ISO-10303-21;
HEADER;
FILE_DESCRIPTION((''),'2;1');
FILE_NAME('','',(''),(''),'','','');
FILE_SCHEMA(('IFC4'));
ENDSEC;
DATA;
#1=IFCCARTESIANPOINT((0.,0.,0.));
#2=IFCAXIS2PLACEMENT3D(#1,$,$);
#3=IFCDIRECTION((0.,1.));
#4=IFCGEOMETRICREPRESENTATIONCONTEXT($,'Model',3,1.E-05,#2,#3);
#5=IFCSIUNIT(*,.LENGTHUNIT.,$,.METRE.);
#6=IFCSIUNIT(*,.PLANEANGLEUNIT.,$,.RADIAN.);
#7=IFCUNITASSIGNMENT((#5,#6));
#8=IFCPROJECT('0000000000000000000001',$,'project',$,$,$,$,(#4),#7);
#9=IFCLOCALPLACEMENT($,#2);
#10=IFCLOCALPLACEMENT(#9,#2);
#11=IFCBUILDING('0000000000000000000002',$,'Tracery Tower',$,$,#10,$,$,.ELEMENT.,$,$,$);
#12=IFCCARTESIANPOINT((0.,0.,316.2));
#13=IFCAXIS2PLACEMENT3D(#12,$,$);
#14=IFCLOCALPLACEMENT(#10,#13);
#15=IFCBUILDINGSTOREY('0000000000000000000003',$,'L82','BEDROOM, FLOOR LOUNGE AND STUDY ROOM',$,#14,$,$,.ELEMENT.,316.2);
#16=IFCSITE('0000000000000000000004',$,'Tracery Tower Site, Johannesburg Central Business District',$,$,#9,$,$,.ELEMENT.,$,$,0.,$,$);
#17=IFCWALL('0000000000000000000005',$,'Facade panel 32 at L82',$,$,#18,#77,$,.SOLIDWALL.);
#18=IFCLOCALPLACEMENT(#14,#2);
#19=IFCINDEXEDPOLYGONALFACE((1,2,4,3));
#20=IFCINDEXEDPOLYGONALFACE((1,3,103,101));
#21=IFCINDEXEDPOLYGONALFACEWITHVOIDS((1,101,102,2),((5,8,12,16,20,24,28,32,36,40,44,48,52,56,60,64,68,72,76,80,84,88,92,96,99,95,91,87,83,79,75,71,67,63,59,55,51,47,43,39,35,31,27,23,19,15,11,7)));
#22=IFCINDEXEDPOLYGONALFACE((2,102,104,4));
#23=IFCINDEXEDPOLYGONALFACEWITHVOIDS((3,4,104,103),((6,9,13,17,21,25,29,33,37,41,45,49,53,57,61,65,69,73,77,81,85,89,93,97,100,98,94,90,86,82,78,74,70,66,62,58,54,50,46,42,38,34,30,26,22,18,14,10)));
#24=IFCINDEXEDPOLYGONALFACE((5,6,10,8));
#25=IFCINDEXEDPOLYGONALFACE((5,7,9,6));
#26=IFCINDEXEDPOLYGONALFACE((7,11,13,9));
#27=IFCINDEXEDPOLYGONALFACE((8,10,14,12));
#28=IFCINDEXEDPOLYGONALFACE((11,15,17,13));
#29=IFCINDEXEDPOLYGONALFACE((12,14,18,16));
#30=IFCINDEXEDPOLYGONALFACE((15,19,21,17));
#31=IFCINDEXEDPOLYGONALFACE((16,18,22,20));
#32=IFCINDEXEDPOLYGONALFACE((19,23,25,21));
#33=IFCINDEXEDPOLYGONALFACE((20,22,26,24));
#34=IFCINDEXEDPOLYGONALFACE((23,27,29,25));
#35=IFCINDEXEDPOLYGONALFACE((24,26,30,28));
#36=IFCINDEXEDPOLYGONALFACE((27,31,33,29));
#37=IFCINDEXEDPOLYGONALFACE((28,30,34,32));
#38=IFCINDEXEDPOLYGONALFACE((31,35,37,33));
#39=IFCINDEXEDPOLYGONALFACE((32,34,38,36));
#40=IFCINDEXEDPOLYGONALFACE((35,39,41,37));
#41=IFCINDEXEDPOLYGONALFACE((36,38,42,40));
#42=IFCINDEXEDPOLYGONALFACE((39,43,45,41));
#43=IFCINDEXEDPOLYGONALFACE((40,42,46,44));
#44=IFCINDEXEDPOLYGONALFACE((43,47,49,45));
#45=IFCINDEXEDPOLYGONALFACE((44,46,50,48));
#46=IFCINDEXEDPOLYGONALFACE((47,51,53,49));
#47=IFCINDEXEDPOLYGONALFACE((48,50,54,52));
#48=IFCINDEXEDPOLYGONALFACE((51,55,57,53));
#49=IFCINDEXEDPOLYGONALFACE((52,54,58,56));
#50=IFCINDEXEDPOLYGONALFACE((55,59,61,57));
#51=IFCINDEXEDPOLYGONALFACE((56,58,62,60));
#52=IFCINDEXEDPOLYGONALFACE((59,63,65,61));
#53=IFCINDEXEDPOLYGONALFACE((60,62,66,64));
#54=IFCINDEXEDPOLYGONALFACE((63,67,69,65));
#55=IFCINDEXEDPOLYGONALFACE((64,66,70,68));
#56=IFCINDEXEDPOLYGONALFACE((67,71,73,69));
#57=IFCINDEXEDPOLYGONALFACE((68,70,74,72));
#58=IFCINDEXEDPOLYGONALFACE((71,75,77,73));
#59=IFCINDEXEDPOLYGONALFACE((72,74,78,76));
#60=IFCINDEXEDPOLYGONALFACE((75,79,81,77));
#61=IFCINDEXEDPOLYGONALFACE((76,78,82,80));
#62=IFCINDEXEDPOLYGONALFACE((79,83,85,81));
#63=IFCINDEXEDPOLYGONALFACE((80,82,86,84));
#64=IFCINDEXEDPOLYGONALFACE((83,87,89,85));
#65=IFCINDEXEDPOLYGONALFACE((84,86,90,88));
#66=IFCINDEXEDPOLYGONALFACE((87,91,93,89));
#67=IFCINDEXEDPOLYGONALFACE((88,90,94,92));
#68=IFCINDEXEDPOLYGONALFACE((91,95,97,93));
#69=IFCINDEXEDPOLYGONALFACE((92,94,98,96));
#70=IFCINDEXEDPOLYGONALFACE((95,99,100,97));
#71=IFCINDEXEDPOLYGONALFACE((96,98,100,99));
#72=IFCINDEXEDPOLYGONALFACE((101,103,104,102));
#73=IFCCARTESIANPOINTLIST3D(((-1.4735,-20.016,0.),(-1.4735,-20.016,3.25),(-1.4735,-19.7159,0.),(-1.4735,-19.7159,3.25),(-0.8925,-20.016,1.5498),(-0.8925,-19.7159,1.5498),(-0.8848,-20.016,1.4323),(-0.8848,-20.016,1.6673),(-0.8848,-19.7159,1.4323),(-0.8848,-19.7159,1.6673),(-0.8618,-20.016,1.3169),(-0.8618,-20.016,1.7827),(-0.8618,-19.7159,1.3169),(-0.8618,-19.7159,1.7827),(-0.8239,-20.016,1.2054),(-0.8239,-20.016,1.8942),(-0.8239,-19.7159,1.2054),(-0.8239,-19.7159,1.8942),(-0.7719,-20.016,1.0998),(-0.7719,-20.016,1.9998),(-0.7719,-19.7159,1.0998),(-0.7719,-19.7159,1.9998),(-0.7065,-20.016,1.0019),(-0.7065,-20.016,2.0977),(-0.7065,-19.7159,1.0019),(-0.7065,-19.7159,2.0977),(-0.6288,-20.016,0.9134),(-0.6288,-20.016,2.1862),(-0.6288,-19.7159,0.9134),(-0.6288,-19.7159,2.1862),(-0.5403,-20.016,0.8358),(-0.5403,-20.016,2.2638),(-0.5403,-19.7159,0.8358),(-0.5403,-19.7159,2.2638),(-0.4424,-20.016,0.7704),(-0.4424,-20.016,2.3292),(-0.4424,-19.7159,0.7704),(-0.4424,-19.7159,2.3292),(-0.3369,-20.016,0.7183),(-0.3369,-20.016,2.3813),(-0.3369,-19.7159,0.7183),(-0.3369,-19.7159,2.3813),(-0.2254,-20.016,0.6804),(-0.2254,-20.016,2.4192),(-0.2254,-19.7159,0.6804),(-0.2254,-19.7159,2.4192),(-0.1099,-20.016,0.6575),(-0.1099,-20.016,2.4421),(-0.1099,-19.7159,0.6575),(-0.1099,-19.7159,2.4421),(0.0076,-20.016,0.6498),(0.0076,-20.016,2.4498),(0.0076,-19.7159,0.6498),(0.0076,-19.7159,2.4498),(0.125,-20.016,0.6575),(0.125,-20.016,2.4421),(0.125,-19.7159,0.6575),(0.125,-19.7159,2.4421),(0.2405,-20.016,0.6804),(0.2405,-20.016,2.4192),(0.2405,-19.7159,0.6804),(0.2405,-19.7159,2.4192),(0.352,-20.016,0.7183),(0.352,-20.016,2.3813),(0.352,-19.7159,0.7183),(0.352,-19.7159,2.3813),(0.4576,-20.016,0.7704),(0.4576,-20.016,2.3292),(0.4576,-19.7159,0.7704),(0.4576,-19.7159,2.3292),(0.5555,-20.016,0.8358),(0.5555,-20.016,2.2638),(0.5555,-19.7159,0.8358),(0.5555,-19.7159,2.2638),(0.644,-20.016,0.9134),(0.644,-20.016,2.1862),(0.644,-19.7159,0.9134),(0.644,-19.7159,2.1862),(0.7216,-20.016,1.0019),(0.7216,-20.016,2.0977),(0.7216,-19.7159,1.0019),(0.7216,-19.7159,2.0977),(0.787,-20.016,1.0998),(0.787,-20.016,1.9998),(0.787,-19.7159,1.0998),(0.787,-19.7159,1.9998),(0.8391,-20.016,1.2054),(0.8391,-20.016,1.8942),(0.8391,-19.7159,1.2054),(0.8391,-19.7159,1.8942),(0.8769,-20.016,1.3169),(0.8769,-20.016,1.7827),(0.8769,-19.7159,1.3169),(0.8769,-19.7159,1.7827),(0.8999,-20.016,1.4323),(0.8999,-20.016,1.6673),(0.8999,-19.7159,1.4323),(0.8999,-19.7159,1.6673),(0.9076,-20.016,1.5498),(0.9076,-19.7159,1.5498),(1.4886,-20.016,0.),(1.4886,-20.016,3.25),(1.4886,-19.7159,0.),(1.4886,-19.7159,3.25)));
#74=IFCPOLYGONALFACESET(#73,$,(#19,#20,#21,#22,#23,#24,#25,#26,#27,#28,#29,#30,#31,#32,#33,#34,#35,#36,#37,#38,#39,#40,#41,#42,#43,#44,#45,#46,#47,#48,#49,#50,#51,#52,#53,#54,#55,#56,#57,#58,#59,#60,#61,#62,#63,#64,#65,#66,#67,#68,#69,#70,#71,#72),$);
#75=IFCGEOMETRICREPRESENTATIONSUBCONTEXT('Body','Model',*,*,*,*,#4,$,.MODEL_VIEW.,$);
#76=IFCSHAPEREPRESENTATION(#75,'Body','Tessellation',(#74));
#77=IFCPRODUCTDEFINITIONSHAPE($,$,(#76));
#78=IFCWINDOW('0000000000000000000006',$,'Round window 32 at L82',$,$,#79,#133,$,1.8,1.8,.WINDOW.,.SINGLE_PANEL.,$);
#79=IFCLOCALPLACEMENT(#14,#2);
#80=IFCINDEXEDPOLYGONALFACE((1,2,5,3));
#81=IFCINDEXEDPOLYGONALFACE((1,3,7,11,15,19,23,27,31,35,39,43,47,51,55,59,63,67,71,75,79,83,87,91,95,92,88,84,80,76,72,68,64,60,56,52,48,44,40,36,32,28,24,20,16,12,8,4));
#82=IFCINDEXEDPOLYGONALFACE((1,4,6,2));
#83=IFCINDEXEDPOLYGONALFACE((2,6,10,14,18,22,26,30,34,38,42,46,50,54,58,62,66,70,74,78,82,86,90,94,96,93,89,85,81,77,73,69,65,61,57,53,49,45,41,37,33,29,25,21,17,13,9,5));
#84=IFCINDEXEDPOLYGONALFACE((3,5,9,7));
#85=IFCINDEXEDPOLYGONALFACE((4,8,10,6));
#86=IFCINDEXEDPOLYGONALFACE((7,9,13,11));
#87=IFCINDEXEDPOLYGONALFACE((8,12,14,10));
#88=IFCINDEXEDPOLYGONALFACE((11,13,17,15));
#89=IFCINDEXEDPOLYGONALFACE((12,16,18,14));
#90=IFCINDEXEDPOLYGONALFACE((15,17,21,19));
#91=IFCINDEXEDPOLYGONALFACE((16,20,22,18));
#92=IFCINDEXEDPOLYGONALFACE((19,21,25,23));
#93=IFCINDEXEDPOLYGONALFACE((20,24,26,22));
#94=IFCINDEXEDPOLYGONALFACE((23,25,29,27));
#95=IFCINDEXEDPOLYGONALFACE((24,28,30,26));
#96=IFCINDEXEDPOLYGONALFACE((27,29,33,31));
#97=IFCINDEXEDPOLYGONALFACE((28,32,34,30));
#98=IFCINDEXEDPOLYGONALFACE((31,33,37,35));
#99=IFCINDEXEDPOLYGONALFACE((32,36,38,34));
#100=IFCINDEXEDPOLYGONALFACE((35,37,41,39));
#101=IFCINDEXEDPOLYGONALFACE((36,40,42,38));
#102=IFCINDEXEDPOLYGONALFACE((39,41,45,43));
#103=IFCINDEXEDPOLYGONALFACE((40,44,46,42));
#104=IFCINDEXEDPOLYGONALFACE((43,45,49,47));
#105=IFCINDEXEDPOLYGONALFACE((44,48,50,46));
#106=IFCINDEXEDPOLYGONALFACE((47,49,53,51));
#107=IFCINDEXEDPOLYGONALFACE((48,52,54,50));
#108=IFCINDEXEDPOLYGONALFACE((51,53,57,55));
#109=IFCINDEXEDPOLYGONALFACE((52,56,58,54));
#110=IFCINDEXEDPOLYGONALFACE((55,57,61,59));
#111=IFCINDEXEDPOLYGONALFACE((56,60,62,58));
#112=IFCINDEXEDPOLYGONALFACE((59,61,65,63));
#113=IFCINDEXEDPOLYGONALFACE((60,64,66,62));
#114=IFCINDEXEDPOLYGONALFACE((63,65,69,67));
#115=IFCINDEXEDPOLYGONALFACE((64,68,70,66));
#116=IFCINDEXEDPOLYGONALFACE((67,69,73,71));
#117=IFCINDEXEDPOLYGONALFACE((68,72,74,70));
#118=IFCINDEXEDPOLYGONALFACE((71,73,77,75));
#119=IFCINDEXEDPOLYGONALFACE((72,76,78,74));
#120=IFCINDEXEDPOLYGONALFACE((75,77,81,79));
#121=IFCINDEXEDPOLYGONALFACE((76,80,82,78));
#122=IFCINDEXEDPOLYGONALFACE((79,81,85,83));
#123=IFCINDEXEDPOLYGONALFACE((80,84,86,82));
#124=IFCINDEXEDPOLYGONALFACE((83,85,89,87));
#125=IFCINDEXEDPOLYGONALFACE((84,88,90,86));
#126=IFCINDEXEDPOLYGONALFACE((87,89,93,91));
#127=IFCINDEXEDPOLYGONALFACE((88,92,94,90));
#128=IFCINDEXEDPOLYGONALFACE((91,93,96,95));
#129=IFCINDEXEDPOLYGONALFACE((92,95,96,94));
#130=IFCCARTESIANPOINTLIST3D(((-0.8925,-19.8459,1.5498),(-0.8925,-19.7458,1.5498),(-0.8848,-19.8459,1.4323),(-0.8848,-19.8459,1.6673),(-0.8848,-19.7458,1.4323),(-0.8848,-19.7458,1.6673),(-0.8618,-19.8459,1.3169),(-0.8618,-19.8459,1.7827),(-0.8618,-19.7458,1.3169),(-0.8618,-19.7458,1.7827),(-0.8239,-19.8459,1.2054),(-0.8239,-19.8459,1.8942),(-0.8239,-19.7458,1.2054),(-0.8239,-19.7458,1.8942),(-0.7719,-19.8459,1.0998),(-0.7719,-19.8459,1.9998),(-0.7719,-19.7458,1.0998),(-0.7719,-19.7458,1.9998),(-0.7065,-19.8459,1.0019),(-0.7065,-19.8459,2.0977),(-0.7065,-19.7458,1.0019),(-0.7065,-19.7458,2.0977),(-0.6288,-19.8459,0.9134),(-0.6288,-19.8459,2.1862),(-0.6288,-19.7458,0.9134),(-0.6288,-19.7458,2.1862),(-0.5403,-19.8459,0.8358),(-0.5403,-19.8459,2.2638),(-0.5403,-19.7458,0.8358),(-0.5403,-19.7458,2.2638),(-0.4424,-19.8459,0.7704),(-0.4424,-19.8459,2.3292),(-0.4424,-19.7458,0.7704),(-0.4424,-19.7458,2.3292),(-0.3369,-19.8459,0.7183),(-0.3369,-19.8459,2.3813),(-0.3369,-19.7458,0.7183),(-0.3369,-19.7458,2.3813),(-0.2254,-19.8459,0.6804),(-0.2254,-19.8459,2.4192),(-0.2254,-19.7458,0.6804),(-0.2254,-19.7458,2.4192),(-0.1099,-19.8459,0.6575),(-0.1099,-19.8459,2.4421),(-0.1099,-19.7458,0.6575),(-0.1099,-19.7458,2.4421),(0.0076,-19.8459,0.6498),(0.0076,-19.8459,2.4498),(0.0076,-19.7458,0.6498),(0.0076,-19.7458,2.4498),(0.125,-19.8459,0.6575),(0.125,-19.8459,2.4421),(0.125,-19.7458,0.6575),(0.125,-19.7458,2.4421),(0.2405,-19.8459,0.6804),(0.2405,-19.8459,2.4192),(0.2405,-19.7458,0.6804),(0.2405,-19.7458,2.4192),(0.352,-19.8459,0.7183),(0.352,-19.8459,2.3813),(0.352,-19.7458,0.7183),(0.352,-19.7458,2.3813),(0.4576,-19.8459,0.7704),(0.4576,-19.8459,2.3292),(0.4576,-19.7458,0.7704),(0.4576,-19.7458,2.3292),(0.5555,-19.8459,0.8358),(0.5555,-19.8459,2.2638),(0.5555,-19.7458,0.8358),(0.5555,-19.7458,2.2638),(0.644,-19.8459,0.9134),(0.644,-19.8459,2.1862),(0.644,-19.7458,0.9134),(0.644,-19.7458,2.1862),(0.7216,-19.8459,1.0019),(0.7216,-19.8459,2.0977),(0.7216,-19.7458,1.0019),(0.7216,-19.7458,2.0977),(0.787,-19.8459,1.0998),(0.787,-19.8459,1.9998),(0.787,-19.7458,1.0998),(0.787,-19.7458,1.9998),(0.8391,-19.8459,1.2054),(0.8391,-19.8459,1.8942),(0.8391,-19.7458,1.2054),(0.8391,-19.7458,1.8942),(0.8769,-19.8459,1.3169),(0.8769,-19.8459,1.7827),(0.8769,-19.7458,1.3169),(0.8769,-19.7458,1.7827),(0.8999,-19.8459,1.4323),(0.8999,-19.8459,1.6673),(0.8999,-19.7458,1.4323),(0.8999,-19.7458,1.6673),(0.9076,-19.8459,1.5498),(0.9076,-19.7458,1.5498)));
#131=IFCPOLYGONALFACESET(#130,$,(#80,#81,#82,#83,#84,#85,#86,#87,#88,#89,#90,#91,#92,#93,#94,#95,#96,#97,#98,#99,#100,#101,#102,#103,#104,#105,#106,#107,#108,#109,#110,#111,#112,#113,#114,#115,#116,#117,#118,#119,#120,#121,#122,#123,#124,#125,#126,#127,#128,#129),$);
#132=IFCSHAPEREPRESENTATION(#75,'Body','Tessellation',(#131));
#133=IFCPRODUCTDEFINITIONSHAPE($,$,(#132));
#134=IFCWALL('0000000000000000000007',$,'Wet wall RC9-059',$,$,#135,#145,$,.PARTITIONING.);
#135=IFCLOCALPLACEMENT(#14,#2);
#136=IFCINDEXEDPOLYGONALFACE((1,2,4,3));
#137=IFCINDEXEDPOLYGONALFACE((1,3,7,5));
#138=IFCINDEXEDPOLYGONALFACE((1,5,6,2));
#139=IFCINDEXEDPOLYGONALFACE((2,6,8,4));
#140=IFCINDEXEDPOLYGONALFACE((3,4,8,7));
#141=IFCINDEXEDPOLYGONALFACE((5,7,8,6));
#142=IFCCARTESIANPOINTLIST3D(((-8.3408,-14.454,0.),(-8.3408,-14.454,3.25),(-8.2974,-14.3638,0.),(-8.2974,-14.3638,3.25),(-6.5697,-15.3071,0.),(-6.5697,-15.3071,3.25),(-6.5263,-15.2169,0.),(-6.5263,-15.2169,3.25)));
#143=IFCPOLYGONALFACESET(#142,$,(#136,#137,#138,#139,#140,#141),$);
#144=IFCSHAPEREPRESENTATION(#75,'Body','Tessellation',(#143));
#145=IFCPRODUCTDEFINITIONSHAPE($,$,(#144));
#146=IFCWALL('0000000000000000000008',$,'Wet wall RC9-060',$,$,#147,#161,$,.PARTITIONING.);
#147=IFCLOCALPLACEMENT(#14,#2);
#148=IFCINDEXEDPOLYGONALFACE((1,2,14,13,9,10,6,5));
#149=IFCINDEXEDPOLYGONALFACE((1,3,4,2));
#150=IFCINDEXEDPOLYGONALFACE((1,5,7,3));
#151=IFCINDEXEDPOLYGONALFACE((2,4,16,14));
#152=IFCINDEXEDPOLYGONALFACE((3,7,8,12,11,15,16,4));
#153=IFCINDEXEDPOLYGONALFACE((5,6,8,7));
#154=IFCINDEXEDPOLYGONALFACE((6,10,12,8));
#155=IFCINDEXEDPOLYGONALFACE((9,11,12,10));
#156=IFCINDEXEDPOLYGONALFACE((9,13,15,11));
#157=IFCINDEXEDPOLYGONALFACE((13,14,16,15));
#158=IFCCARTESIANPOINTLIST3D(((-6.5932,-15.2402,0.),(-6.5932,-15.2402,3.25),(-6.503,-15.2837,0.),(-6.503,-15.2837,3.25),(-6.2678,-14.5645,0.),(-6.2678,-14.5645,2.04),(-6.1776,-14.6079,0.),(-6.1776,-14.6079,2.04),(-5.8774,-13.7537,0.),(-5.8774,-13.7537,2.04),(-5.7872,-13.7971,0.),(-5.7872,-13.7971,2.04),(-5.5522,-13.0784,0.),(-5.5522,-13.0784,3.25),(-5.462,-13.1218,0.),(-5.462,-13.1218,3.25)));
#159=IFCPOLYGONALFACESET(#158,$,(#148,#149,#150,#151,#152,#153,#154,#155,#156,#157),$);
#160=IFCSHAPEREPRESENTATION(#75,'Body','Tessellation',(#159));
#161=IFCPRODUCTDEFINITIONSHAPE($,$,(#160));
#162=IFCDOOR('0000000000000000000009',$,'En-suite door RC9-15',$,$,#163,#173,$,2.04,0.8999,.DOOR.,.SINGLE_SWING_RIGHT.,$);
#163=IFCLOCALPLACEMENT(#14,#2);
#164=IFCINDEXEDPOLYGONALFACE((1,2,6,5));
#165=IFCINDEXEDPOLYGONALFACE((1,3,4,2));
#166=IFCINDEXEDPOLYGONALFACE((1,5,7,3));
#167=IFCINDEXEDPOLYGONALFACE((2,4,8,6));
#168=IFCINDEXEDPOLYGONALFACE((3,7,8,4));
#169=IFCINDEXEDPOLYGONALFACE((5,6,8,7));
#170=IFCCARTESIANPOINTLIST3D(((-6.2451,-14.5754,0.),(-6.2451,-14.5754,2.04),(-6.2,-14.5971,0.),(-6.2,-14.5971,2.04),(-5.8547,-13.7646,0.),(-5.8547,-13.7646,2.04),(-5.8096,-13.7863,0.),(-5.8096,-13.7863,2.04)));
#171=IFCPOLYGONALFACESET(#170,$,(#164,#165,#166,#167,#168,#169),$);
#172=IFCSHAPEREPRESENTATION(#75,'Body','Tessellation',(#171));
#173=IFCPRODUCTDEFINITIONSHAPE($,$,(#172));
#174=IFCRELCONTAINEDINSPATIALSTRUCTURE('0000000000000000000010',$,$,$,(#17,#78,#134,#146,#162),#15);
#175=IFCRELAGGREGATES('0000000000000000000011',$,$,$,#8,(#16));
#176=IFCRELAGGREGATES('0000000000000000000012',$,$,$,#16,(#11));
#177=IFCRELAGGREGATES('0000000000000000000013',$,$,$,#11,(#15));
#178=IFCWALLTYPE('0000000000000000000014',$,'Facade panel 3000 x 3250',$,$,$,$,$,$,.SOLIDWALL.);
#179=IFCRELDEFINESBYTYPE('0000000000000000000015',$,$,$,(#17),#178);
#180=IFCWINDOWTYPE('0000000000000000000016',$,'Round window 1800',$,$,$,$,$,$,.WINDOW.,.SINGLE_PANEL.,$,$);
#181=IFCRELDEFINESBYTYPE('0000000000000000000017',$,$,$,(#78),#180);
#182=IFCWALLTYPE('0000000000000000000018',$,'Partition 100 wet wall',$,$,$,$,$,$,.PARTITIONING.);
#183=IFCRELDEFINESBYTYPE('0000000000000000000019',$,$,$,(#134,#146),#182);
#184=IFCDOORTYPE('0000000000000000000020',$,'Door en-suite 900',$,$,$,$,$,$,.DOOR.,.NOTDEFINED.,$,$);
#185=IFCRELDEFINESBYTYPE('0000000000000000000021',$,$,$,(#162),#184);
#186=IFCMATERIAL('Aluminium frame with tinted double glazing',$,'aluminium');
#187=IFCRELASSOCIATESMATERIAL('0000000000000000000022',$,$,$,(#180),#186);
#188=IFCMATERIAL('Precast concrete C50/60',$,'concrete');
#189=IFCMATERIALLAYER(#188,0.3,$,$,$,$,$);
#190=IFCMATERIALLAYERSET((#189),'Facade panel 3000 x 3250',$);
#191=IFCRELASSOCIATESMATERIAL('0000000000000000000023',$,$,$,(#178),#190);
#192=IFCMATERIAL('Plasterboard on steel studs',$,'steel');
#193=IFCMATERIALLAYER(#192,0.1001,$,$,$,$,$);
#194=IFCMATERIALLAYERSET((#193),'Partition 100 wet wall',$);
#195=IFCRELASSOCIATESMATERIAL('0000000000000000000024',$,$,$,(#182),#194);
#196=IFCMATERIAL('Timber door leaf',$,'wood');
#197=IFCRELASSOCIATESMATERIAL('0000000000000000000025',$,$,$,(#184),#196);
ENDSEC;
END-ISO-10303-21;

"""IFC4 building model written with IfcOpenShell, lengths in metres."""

from ifc_helpers import new_model, si_unit, direction, frame, frame_2d, origin, origin_2d, place, context, subcontext, project, spatial, rectangle, circle, extrude, material, layer, layer_set, type_object, element, fill, save


model = new_model("IFC4")

# Units and contexts
model_context = context("Model", 3, precision=1e-05, world=origin(), true_north=direction((0.0, 1.0)))
body_context = subcontext(model_context, "Body", "Model", "MODEL_VIEW")
ifc_project = project(units=[si_unit("LENGTHUNIT", "METRE"), si_unit("PLANEANGLEUNIT", "RADIAN")], contexts=[model_context])

# Site, building, storey
site_placement = place(None, origin())
site = spatial("IfcSite", under=ifc_project, at=site_placement, Name="Tracery Tower Site, Johannesburg Central Business District", CompositionType="ELEMENT", RefElevation=0.0)
building_placement = place(site_placement, origin())
building = spatial("IfcBuilding", under=site, at=building_placement, Name="Tracery Tower", CompositionType="ELEMENT")
storey_placement = place(building_placement, frame((0.0, 0.0, 316.2)))
storey = spatial("IfcBuildingStorey", under=building, at=storey_placement, Name="L82", Description="BEDROOM, FLOOR LOUNGE AND STUDY ROOM", CompositionType="ELEMENT", Elevation=316.2)

# Wall, opening, window
ifc_material_1 = material(Name="Aluminium frame with tinted double glazing", Category="aluminium")
window_type = type_object("IfcWindowType", Name="Round window 1800", PartitioningType="SINGLE_PANEL", PredefinedType="WINDOW", material=ifc_material_1)
ifc_material_2 = material(Name="Precast concrete C50/60", Category="concrete")
ifc_layer_1 = layer(ifc_material_2, 0.3)
ifc_layer_set_1 = layer_set([ifc_layer_1], Name="Facade panel 3000 x 3250")
wall_type_1 = type_object("IfcWallType", Name="Facade panel 3000 x 3250", PredefinedType="SOLIDWALL", material=ifc_layer_set_1)
wall_1_placement = place(storey_placement, frame((-1.4734, -19.866, 0.0), z_axis=(0.0, 0.0, 1.0), x_axis=(1.0, 0.0, 0.0)))
wall_1 = element("IfcWall", 1, at=wall_1_placement, inside=storey, type_object=wall_type_1, Name="Facade panel 32 at L82", PredefinedType="SOLIDWALL", context=body_context, shape_type="SweptSolid", body=[
    extrude(rectangle(XDim=2.9622, YDim=0.3, at=frame_2d((1.481, 0.0))), origin(), (0.0, 0.0, 1.0), 3.25),
])
opening_1_placement = place(wall_1_placement, frame((1.481, 0.0, 1.5498)))
opening_1 = element("IfcOpeningElement", 2, at=opening_1_placement, cuts=wall_1, PredefinedType="OPENING", context=body_context, shape_type="SweptSolid", body=[
    extrude(circle(Radius=0.9, at=origin_2d()), frame((0.0, 0.1599, 0.0), z_axis=(0.0, -1.0, 0.0), x_axis=(1.0, 0.0, 0.0)), (0.0, 0.0, 1.0), 0.3201),
])
window_1_placement = place(opening_1_placement, origin())
window_1 = element("IfcWindow", 3, at=window_1_placement, inside=storey, type_object=window_type, Name="Round window 32 at L82", OverallHeight=1.8, OverallWidth=1.8, PartitioningType="SINGLE_PANEL", PredefinedType="WINDOW", context=body_context, shape_type="SweptSolid", body=[
    extrude(circle(Radius=0.9, at=origin_2d()), frame((0.0, 0.1201, 0.0), z_axis=(0.0, -1.0, 0.0), x_axis=(1.0, 0.0, 0.0)), (0.0, 0.0, 1.0), 0.1001),
])
fill(opening_1, window_1)

# Wall
ifc_material_3 = material(Name="Plasterboard on steel studs", Category="steel")
ifc_layer_2 = layer(ifc_material_3, 0.1001)
ifc_layer_set_2 = layer_set([ifc_layer_2], Name="Partition 100 wet wall")
wall_type_2 = type_object("IfcWallType", Name="Partition 100 wet wall", PredefinedType="PARTITIONING", material=ifc_layer_set_2)
wall_2_placement = place(storey_placement, frame((-8.3191, -14.4089, 0.0), z_axis=(0.0, 0.0, 1.0), x_axis=(0.900937, -0.43395, 0.0)))
element("IfcWall", 4, at=wall_2_placement, inside=storey, type_object=wall_type_2, Name="Wet wall RC9-059", PredefinedType="PARTITIONING", context=body_context, shape_type="SweptSolid", body=[
    extrude(rectangle(XDim=1.9658, YDim=0.1001, at=frame_2d((0.9829, 0.0))), origin(), (0.0, 0.0, 1.0), 3.25),
])

# Wall, opening, door
wall_3_placement = place(storey_placement, frame((-6.5481, -15.262, 0.0), z_axis=(0.0, 0.0, 1.0), x_axis=(0.433855, 0.900983, 0.0)))
wall_3 = element("IfcWall", 5, at=wall_3_placement, inside=storey, type_object=wall_type_2, Name="Wet wall RC9-060", PredefinedType="PARTITIONING", context=body_context, shape_type="SweptSolid", body=[
    extrude(rectangle(XDim=2.3994, YDim=0.1001, at=frame_2d((1.1997, 0.0))), origin(), (0.0, 0.0, 1.0), 3.25),
])
opening_2_placement = place(wall_3_placement, frame((0.75, 0.0, 0.0)))
opening_2 = element("IfcOpeningElement", 6, at=opening_2_placement, cuts=wall_3, PredefinedType="OPENING", context=body_context, shape_type="SweptSolid", body=[
    extrude(rectangle(XDim=0.8999, YDim=2.04, at=frame_2d((0.45, 1.02))), frame((0.0, 0.05, 0.0), z_axis=(0.0, -1.0, 0.0), x_axis=(1.0, 0.0, 0.0)), (0.0, 0.0, 1.0), 0.1001),
])
ifc_material_4 = material(Name="Timber door leaf", Category="wood")
door_type_1 = type_object("IfcDoorType", Name="Door en-suite 900", OperationType="NOTDEFINED", PredefinedType="DOOR", material=ifc_material_4)
door_1_placement = place(opening_2_placement, origin())
door_1 = element("IfcDoor", 7, at=door_1_placement, inside=storey, type_object=door_type_1, Name="En-suite door RC9-15", OperationType="SINGLE_SWING_RIGHT", OverallHeight=2.04, OverallWidth=0.8999, PredefinedType="DOOR", context=body_context, shape_type="SweptSolid", body=[
    extrude(rectangle(XDim=0.8999, YDim=2.04, at=frame_2d((0.45, 1.02))), frame((0.0, 0.0249, 0.0), z_axis=(0.0, -1.0, 0.0), x_axis=(1.0, 0.0, 0.0)), (0.0, 0.0, 1.0), 0.05),
])
fill(opening_2, door_1)

save(model, "model.ifc")
